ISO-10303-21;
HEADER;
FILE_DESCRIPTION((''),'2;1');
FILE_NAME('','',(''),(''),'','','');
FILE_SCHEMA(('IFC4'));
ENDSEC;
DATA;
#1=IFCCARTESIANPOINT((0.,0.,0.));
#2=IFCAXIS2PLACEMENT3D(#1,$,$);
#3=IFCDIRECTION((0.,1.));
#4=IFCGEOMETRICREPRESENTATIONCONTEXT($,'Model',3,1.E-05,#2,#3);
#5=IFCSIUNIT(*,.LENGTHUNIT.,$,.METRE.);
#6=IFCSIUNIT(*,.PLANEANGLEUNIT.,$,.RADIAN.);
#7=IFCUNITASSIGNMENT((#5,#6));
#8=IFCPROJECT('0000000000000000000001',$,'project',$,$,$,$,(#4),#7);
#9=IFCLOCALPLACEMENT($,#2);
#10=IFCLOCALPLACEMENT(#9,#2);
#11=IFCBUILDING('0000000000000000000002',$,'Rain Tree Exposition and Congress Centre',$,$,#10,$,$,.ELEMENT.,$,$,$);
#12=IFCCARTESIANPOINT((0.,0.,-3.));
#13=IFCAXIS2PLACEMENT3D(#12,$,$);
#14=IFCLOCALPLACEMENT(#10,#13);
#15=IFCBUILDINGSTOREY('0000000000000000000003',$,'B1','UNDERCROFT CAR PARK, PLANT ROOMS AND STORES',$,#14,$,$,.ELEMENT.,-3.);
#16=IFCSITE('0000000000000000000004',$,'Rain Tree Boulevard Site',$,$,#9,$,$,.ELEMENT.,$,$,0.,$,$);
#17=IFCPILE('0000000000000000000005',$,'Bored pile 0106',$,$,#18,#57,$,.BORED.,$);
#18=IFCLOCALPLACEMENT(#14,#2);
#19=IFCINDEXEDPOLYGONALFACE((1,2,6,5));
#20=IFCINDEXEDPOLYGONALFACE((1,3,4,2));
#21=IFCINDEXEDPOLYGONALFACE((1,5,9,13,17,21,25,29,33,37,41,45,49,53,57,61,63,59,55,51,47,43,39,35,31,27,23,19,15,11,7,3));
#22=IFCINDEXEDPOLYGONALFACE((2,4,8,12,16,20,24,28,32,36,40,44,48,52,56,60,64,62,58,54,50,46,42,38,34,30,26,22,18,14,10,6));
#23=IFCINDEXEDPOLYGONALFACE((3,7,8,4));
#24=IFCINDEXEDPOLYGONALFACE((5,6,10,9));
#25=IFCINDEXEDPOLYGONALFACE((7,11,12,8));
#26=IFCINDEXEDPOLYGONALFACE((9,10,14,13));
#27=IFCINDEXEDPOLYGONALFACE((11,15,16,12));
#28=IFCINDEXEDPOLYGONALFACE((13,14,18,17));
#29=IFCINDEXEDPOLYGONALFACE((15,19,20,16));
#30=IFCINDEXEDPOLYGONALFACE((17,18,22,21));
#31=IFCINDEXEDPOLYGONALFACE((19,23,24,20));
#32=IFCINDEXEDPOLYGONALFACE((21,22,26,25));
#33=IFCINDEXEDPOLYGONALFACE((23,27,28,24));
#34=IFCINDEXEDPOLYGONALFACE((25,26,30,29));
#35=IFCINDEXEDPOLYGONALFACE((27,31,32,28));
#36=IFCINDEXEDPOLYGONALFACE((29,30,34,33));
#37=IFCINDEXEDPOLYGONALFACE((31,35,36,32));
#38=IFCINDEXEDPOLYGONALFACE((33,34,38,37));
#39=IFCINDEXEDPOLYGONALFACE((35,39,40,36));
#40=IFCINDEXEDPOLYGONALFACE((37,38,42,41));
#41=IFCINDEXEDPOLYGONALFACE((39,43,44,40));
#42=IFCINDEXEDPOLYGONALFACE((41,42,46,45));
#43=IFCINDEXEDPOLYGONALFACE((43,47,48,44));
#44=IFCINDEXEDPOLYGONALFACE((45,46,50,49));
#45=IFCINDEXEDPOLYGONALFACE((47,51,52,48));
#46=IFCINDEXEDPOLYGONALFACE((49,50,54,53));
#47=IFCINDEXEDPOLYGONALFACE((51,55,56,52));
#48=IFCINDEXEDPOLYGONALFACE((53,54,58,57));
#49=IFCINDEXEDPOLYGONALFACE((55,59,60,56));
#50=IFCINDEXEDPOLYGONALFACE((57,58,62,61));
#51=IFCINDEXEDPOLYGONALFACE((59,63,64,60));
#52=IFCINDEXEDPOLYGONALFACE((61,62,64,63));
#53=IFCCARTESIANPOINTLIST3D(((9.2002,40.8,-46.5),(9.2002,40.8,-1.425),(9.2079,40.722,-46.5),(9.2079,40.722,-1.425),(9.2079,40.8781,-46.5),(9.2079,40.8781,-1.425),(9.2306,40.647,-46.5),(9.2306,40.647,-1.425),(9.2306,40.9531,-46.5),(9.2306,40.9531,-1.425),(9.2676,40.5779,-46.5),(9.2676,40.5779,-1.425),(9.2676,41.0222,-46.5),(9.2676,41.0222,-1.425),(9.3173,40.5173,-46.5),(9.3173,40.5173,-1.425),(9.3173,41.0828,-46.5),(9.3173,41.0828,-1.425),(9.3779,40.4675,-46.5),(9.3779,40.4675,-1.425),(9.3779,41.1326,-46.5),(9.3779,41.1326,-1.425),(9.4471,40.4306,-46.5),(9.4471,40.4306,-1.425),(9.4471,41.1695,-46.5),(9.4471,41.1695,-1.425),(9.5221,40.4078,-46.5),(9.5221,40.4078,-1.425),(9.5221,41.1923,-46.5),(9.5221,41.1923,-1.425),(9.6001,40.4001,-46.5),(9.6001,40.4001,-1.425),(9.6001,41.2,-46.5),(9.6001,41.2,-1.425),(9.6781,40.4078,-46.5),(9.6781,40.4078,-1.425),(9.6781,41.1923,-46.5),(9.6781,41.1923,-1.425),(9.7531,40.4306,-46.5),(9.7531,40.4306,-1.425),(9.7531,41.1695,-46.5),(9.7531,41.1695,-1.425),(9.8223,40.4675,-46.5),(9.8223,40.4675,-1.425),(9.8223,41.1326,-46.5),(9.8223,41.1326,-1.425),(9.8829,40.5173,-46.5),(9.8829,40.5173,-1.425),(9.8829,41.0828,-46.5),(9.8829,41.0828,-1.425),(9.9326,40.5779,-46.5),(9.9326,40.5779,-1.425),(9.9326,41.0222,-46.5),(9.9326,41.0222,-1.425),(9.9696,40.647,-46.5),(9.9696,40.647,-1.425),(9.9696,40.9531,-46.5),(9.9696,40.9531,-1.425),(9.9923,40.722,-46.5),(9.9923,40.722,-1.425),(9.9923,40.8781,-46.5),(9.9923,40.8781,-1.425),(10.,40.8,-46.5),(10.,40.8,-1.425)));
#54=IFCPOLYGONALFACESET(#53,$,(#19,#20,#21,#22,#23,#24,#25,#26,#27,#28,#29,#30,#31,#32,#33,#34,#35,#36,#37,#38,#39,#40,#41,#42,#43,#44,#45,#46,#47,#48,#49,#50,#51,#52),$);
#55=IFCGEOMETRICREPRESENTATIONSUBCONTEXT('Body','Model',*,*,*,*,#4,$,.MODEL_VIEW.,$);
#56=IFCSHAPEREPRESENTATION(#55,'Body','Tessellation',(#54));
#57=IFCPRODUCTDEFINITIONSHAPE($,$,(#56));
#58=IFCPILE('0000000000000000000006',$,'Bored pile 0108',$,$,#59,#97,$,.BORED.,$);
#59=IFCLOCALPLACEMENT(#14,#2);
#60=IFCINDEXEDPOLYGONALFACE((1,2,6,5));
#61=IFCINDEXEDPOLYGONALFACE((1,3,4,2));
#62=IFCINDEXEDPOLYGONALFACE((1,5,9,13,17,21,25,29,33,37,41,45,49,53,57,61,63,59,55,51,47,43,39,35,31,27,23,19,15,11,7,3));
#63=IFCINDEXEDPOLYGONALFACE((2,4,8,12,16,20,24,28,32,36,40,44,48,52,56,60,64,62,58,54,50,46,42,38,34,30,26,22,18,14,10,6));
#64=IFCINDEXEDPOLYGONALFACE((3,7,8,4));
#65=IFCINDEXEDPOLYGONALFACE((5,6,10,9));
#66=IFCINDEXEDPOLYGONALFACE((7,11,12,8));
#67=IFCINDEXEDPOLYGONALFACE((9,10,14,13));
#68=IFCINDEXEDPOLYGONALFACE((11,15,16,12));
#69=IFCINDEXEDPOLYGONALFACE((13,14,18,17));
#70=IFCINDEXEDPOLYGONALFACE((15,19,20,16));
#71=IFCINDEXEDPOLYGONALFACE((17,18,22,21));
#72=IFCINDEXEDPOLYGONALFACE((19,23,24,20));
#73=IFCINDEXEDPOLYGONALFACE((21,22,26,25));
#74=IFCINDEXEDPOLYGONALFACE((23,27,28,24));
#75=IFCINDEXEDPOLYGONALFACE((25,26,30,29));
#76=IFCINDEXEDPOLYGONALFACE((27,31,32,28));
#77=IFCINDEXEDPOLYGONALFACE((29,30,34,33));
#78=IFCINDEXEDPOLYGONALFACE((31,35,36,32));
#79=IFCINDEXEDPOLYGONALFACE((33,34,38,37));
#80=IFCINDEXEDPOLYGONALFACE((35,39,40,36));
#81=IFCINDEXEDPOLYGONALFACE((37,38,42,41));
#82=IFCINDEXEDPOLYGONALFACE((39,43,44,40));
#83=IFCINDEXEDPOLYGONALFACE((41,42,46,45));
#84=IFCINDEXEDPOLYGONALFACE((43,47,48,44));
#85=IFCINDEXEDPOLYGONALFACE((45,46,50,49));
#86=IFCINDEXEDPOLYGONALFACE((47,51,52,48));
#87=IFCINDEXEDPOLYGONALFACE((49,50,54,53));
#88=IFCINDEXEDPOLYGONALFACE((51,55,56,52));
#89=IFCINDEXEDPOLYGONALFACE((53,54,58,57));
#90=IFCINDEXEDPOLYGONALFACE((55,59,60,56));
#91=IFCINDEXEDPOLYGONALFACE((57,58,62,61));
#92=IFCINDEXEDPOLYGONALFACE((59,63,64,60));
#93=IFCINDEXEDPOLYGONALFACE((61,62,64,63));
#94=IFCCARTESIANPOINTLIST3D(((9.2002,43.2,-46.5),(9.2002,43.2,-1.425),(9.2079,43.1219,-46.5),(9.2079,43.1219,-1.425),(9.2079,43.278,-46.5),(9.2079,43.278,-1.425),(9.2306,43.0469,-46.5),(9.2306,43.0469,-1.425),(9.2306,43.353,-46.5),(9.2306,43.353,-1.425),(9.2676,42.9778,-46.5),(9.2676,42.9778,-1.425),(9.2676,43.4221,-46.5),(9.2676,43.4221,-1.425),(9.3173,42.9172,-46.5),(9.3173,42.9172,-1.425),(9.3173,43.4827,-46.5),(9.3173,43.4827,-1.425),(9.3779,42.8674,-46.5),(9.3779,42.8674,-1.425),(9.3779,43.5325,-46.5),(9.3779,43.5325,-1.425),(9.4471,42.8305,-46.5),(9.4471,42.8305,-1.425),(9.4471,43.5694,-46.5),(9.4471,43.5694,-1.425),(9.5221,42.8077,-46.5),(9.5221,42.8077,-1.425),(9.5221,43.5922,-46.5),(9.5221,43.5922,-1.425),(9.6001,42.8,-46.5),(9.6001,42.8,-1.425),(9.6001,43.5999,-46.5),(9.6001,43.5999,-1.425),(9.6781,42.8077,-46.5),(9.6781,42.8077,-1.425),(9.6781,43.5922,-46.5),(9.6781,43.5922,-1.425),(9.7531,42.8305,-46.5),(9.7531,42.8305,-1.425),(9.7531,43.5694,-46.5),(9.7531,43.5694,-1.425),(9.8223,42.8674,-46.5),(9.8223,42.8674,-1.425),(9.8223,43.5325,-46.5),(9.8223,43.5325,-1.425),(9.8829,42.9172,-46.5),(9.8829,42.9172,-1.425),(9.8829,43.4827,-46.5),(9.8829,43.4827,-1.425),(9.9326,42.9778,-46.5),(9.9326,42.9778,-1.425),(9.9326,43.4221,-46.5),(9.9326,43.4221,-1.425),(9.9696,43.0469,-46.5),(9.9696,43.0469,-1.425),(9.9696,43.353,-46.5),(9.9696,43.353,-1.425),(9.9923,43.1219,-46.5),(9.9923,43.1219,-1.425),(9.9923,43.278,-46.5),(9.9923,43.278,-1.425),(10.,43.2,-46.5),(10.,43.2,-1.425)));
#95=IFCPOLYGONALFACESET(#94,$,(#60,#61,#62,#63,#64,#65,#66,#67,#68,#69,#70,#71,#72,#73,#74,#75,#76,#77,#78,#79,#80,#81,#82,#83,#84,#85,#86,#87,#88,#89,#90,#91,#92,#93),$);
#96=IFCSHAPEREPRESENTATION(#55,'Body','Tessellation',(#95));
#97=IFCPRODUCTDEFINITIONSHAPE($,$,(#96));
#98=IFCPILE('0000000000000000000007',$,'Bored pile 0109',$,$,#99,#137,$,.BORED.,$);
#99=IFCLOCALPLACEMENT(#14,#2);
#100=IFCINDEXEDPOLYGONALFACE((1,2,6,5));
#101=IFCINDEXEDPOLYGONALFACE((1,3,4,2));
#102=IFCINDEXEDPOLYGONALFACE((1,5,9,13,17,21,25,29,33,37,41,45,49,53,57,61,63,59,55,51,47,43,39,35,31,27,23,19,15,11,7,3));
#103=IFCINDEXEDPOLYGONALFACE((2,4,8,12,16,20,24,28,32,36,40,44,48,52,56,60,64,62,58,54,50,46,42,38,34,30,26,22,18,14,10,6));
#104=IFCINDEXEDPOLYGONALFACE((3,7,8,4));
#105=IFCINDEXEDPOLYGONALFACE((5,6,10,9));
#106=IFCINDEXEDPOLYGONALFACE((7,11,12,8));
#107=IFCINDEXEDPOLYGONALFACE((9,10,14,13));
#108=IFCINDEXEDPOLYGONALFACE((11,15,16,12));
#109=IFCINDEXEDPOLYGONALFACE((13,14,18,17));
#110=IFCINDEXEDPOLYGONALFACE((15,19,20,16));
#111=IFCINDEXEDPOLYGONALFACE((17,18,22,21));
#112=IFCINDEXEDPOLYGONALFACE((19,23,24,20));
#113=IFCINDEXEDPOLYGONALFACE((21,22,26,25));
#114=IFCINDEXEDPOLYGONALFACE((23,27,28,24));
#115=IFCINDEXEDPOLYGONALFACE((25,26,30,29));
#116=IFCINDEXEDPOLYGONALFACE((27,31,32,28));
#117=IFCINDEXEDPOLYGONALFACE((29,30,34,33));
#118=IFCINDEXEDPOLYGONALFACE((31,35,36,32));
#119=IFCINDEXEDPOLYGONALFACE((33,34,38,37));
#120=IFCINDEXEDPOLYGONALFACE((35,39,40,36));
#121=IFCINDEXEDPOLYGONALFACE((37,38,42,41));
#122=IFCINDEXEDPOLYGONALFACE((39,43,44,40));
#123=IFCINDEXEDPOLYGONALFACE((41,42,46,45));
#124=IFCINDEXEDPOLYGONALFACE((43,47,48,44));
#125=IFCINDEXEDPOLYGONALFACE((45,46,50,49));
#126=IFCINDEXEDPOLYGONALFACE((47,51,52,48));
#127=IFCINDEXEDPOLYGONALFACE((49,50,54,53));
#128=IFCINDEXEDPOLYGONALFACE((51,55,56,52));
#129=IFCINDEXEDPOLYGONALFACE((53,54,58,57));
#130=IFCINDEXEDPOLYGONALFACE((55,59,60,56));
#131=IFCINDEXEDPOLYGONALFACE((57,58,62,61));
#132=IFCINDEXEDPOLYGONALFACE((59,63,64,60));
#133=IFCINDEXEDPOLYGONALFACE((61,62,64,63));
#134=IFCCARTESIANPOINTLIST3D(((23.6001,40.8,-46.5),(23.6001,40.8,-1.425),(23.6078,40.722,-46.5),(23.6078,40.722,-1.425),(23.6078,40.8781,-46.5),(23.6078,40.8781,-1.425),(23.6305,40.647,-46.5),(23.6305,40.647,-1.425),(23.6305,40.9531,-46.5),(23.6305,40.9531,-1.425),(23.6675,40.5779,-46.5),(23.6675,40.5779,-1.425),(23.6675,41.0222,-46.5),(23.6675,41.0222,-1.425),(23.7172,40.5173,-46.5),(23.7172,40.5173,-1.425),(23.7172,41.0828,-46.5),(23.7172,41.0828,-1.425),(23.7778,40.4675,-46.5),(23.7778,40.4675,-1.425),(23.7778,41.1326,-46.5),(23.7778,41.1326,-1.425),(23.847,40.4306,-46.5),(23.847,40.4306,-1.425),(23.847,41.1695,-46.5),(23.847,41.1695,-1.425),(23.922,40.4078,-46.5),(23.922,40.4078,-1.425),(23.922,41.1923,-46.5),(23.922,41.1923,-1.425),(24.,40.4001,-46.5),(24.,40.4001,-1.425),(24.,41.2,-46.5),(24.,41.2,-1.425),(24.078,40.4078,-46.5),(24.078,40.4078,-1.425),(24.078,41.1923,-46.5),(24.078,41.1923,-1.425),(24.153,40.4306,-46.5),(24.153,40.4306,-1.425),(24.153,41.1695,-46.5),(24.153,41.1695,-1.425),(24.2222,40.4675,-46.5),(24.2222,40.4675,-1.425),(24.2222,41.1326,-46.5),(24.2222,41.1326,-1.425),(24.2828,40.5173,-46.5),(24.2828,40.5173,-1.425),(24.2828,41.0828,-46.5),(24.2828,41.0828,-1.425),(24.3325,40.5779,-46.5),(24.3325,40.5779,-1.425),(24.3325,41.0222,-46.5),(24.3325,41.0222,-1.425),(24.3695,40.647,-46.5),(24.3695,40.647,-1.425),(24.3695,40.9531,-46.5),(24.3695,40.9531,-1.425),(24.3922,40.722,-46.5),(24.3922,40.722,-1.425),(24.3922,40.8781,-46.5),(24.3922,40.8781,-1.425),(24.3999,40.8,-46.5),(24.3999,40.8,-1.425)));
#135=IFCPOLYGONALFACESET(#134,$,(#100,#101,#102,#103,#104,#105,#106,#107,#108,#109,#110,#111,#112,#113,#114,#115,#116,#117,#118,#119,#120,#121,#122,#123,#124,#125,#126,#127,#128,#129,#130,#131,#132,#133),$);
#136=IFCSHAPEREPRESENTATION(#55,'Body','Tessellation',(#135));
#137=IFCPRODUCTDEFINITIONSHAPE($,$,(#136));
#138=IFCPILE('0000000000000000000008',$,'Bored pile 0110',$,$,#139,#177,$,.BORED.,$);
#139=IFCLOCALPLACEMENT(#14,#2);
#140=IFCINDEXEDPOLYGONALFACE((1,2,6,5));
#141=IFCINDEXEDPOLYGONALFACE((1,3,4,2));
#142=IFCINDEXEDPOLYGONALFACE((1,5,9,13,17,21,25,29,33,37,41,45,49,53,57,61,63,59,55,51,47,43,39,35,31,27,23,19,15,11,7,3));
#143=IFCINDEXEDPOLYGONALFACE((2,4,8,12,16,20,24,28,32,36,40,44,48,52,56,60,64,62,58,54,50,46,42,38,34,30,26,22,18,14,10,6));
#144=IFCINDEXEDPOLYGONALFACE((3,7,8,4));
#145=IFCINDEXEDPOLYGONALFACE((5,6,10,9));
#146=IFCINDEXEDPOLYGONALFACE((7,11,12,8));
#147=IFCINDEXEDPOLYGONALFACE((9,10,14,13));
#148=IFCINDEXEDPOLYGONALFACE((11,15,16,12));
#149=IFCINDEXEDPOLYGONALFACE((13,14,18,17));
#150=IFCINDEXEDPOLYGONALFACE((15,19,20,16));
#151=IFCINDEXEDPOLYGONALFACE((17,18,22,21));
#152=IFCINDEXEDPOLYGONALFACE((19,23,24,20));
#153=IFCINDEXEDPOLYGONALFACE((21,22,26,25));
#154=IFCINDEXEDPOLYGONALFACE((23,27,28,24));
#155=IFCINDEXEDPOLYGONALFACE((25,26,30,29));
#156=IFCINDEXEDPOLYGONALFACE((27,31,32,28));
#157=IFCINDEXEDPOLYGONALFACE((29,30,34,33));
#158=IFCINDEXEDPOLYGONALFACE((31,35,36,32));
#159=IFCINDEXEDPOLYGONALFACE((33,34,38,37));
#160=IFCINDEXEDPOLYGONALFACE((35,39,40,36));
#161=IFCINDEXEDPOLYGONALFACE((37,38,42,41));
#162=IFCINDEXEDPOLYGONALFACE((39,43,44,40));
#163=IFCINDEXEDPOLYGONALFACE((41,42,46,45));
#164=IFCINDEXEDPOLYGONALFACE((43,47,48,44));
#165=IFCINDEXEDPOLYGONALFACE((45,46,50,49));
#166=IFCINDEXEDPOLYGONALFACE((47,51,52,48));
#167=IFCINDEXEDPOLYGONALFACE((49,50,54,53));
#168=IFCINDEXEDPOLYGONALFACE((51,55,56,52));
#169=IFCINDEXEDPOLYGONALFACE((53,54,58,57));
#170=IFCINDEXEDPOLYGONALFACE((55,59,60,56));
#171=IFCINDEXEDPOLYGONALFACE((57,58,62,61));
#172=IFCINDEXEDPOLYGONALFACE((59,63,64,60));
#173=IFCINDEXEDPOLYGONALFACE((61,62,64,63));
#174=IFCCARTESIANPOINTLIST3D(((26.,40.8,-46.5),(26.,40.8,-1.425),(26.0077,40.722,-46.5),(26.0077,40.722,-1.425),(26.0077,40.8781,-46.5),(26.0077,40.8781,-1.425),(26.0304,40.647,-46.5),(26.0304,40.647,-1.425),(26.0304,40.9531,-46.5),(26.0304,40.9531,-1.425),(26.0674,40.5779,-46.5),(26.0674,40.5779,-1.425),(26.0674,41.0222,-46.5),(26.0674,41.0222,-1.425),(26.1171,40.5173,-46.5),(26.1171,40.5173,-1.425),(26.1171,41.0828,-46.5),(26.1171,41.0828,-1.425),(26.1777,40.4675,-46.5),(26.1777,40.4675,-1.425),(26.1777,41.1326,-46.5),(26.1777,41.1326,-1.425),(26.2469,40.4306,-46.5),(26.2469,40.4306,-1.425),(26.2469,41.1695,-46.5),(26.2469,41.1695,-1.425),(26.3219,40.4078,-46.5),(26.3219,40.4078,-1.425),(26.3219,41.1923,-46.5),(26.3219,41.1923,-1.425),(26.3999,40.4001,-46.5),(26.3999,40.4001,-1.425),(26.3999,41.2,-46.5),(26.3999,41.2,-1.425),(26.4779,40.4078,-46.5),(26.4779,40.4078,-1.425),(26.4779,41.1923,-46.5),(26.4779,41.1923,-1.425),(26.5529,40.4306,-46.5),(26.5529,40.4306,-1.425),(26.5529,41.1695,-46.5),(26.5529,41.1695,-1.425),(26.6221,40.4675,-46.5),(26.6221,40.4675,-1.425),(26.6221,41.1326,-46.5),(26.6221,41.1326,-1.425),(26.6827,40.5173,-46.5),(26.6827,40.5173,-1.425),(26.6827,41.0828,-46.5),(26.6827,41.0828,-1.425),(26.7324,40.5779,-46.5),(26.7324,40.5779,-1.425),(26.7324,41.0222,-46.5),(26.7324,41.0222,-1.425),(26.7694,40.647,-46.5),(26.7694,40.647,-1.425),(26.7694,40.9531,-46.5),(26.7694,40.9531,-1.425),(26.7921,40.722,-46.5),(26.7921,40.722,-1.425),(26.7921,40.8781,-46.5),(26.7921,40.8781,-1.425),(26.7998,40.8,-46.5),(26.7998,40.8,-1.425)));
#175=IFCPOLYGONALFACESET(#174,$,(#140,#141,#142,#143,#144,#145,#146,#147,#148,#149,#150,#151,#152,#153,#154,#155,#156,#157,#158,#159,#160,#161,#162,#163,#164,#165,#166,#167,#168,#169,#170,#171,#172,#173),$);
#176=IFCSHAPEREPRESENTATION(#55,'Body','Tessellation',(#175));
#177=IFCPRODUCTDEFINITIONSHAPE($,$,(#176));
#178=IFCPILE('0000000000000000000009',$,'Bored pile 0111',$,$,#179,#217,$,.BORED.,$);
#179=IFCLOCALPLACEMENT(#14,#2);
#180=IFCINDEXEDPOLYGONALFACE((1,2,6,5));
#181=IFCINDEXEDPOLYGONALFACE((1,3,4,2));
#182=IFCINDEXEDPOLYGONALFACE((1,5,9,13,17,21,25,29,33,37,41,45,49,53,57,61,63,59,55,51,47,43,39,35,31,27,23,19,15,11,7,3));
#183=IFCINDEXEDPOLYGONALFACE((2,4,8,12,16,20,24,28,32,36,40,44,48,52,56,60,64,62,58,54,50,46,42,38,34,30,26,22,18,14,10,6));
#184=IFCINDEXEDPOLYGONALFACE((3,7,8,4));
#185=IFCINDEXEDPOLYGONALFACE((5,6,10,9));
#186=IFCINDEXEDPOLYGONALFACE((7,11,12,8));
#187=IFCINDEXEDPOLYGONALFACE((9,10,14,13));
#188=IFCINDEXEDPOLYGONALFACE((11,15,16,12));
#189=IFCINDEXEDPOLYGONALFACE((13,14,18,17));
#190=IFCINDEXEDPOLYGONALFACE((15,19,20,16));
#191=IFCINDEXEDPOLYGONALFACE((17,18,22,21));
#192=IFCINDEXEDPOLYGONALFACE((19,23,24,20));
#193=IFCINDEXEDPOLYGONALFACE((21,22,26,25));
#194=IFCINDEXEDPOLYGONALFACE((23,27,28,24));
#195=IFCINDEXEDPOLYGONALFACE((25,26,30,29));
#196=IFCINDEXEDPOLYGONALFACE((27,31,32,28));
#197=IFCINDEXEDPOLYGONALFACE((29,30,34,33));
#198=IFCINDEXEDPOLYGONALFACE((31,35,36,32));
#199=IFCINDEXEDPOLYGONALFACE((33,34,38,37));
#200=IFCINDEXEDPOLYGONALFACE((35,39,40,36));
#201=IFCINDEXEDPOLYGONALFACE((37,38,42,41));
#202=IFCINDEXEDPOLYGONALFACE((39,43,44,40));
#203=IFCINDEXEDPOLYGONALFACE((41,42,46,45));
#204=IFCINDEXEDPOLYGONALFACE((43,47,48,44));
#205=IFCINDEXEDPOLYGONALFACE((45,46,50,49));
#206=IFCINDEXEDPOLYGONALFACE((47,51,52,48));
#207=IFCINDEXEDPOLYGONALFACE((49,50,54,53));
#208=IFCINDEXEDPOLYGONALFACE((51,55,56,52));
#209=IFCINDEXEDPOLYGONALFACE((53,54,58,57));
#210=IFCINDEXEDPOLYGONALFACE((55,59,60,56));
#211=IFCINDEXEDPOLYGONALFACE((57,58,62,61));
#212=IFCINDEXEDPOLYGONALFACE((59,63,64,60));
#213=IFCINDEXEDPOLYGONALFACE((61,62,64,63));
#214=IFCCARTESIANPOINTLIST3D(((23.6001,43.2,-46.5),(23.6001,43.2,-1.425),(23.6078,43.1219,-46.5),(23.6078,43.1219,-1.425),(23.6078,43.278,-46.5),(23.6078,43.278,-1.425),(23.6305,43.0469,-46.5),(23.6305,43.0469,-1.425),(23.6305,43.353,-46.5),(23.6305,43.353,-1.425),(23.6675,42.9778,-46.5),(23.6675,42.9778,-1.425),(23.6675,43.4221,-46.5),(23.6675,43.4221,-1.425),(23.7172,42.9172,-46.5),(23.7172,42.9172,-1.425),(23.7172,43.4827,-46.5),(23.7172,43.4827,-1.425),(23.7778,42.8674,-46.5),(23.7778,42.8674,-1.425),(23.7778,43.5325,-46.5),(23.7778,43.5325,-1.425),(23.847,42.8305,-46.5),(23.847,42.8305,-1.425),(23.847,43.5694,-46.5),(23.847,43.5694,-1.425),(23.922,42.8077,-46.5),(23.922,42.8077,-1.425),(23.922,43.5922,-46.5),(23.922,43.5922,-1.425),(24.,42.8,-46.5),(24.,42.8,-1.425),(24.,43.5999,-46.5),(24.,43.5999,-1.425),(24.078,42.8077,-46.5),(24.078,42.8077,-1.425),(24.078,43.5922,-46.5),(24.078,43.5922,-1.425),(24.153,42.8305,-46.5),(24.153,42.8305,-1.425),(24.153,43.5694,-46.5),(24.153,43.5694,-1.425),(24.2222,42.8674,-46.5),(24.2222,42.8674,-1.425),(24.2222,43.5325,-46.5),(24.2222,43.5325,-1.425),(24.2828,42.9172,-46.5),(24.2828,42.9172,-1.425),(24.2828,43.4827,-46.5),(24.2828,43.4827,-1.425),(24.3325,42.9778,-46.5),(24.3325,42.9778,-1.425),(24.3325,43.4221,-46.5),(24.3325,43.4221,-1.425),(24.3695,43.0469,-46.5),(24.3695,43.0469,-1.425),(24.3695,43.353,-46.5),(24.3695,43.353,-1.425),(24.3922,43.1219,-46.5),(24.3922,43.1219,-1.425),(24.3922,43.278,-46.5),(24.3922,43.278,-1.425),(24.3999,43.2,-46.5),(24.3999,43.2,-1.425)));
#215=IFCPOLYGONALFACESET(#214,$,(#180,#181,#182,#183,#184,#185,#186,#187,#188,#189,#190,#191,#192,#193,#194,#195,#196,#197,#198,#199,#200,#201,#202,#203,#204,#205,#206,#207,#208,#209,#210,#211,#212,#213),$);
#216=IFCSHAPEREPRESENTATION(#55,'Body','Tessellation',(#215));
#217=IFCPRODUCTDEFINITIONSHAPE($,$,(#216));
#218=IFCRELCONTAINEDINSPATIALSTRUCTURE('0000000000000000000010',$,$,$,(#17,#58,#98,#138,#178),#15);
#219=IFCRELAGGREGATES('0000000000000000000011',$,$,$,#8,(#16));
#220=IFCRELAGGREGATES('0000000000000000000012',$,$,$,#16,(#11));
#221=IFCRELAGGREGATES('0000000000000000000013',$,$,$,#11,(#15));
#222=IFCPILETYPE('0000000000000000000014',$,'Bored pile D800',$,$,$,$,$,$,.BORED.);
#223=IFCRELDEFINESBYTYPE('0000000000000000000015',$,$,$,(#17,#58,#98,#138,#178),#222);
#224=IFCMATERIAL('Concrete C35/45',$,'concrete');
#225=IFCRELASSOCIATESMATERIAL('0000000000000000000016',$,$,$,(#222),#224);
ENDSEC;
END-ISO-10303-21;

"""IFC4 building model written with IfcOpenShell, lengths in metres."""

from ifc_helpers import new_model, si_unit, direction, frame, origin, origin_2d, place, context, subcontext, project, spatial, circle, extrude, material, material_profile, profile_set, type_object, element, save


model = new_model("IFC4")

# Units and contexts
model_context = context("Model", 3, precision=1e-05, world=origin(), true_north=direction((0.0, 1.0)))
body_context = subcontext(model_context, "Body", "Model", "MODEL_VIEW")
ifc_project = project(units=[si_unit("LENGTHUNIT", "METRE"), si_unit("PLANEANGLEUNIT", "RADIAN")], contexts=[model_context])

# Site, building, storey
site_placement = place(None, origin())
site = spatial("IfcSite", under=ifc_project, at=site_placement, Name="Rain Tree Boulevard Site", CompositionType="ELEMENT", RefElevation=0.0)
building_placement = place(site_placement, origin())
building = spatial("IfcBuilding", under=site, at=building_placement, Name="Rain Tree Exposition and Congress Centre", CompositionType="ELEMENT")
storey_placement = place(building_placement, frame((0.0, 0.0, -3.0)))
storey = spatial("IfcBuildingStorey", under=building, at=storey_placement, Name="B1", Description="UNDERCROFT CAR PARK, PLANT ROOMS AND STORES", CompositionType="ELEMENT", Elevation=-3.0)

# Piles
ifc_material_1 = material(Name="Concrete C35/45", Category="concrete")
ifc_material_profile_1 = material_profile(ifc_material_1, circle(Radius=0.3999, at=origin_2d()), Name="D800")
ifc_profile_set_1 = profile_set([ifc_material_profile_1], Name="Concrete C35/45")
pile_type = type_object("IfcPileType", Name="Bored pile D800", PredefinedType="BORED", material=ifc_profile_set_1)
for number, where, z_axis, x_axis, name in (
    (1, (9.6001, 40.8, -1.425), (0.0, 0.0, -1.0), (1.0, 0.0, 0.0), "Bored pile 0106"),
    (2, (9.6001, 43.2, -1.425), (0.0, 0.0, -1.0), (1.0, 0.0, 0.0), "Bored pile 0108"),
    (3, (24.0, 40.8, -1.425), (0.0, 0.0, -1.0), (1.0, 0.0, 0.0), "Bored pile 0109"),
    (4, (26.3999, 40.8, -1.425), (0.0, 0.0, -1.0), (1.0, 0.0, 0.0), "Bored pile 0110"),
    (5, (24.0, 43.2, -1.425), (0.0, 0.0, -1.0), (1.0, 0.0, 0.0), "Bored pile 0111"),
):
    element("IfcPile", number, at=place(storey_placement, frame(where, z_axis=z_axis, x_axis=x_axis)), inside=storey, type_object=pile_type, Name=name, PredefinedType="BORED", context=body_context, shape_type="SweptSolid", body=[
        extrude(circle(Radius=0.3999, at=origin_2d()), origin(), (0.0, 0.0, 1.0), 45.075),
    ])

save(model, "model.ifc")
